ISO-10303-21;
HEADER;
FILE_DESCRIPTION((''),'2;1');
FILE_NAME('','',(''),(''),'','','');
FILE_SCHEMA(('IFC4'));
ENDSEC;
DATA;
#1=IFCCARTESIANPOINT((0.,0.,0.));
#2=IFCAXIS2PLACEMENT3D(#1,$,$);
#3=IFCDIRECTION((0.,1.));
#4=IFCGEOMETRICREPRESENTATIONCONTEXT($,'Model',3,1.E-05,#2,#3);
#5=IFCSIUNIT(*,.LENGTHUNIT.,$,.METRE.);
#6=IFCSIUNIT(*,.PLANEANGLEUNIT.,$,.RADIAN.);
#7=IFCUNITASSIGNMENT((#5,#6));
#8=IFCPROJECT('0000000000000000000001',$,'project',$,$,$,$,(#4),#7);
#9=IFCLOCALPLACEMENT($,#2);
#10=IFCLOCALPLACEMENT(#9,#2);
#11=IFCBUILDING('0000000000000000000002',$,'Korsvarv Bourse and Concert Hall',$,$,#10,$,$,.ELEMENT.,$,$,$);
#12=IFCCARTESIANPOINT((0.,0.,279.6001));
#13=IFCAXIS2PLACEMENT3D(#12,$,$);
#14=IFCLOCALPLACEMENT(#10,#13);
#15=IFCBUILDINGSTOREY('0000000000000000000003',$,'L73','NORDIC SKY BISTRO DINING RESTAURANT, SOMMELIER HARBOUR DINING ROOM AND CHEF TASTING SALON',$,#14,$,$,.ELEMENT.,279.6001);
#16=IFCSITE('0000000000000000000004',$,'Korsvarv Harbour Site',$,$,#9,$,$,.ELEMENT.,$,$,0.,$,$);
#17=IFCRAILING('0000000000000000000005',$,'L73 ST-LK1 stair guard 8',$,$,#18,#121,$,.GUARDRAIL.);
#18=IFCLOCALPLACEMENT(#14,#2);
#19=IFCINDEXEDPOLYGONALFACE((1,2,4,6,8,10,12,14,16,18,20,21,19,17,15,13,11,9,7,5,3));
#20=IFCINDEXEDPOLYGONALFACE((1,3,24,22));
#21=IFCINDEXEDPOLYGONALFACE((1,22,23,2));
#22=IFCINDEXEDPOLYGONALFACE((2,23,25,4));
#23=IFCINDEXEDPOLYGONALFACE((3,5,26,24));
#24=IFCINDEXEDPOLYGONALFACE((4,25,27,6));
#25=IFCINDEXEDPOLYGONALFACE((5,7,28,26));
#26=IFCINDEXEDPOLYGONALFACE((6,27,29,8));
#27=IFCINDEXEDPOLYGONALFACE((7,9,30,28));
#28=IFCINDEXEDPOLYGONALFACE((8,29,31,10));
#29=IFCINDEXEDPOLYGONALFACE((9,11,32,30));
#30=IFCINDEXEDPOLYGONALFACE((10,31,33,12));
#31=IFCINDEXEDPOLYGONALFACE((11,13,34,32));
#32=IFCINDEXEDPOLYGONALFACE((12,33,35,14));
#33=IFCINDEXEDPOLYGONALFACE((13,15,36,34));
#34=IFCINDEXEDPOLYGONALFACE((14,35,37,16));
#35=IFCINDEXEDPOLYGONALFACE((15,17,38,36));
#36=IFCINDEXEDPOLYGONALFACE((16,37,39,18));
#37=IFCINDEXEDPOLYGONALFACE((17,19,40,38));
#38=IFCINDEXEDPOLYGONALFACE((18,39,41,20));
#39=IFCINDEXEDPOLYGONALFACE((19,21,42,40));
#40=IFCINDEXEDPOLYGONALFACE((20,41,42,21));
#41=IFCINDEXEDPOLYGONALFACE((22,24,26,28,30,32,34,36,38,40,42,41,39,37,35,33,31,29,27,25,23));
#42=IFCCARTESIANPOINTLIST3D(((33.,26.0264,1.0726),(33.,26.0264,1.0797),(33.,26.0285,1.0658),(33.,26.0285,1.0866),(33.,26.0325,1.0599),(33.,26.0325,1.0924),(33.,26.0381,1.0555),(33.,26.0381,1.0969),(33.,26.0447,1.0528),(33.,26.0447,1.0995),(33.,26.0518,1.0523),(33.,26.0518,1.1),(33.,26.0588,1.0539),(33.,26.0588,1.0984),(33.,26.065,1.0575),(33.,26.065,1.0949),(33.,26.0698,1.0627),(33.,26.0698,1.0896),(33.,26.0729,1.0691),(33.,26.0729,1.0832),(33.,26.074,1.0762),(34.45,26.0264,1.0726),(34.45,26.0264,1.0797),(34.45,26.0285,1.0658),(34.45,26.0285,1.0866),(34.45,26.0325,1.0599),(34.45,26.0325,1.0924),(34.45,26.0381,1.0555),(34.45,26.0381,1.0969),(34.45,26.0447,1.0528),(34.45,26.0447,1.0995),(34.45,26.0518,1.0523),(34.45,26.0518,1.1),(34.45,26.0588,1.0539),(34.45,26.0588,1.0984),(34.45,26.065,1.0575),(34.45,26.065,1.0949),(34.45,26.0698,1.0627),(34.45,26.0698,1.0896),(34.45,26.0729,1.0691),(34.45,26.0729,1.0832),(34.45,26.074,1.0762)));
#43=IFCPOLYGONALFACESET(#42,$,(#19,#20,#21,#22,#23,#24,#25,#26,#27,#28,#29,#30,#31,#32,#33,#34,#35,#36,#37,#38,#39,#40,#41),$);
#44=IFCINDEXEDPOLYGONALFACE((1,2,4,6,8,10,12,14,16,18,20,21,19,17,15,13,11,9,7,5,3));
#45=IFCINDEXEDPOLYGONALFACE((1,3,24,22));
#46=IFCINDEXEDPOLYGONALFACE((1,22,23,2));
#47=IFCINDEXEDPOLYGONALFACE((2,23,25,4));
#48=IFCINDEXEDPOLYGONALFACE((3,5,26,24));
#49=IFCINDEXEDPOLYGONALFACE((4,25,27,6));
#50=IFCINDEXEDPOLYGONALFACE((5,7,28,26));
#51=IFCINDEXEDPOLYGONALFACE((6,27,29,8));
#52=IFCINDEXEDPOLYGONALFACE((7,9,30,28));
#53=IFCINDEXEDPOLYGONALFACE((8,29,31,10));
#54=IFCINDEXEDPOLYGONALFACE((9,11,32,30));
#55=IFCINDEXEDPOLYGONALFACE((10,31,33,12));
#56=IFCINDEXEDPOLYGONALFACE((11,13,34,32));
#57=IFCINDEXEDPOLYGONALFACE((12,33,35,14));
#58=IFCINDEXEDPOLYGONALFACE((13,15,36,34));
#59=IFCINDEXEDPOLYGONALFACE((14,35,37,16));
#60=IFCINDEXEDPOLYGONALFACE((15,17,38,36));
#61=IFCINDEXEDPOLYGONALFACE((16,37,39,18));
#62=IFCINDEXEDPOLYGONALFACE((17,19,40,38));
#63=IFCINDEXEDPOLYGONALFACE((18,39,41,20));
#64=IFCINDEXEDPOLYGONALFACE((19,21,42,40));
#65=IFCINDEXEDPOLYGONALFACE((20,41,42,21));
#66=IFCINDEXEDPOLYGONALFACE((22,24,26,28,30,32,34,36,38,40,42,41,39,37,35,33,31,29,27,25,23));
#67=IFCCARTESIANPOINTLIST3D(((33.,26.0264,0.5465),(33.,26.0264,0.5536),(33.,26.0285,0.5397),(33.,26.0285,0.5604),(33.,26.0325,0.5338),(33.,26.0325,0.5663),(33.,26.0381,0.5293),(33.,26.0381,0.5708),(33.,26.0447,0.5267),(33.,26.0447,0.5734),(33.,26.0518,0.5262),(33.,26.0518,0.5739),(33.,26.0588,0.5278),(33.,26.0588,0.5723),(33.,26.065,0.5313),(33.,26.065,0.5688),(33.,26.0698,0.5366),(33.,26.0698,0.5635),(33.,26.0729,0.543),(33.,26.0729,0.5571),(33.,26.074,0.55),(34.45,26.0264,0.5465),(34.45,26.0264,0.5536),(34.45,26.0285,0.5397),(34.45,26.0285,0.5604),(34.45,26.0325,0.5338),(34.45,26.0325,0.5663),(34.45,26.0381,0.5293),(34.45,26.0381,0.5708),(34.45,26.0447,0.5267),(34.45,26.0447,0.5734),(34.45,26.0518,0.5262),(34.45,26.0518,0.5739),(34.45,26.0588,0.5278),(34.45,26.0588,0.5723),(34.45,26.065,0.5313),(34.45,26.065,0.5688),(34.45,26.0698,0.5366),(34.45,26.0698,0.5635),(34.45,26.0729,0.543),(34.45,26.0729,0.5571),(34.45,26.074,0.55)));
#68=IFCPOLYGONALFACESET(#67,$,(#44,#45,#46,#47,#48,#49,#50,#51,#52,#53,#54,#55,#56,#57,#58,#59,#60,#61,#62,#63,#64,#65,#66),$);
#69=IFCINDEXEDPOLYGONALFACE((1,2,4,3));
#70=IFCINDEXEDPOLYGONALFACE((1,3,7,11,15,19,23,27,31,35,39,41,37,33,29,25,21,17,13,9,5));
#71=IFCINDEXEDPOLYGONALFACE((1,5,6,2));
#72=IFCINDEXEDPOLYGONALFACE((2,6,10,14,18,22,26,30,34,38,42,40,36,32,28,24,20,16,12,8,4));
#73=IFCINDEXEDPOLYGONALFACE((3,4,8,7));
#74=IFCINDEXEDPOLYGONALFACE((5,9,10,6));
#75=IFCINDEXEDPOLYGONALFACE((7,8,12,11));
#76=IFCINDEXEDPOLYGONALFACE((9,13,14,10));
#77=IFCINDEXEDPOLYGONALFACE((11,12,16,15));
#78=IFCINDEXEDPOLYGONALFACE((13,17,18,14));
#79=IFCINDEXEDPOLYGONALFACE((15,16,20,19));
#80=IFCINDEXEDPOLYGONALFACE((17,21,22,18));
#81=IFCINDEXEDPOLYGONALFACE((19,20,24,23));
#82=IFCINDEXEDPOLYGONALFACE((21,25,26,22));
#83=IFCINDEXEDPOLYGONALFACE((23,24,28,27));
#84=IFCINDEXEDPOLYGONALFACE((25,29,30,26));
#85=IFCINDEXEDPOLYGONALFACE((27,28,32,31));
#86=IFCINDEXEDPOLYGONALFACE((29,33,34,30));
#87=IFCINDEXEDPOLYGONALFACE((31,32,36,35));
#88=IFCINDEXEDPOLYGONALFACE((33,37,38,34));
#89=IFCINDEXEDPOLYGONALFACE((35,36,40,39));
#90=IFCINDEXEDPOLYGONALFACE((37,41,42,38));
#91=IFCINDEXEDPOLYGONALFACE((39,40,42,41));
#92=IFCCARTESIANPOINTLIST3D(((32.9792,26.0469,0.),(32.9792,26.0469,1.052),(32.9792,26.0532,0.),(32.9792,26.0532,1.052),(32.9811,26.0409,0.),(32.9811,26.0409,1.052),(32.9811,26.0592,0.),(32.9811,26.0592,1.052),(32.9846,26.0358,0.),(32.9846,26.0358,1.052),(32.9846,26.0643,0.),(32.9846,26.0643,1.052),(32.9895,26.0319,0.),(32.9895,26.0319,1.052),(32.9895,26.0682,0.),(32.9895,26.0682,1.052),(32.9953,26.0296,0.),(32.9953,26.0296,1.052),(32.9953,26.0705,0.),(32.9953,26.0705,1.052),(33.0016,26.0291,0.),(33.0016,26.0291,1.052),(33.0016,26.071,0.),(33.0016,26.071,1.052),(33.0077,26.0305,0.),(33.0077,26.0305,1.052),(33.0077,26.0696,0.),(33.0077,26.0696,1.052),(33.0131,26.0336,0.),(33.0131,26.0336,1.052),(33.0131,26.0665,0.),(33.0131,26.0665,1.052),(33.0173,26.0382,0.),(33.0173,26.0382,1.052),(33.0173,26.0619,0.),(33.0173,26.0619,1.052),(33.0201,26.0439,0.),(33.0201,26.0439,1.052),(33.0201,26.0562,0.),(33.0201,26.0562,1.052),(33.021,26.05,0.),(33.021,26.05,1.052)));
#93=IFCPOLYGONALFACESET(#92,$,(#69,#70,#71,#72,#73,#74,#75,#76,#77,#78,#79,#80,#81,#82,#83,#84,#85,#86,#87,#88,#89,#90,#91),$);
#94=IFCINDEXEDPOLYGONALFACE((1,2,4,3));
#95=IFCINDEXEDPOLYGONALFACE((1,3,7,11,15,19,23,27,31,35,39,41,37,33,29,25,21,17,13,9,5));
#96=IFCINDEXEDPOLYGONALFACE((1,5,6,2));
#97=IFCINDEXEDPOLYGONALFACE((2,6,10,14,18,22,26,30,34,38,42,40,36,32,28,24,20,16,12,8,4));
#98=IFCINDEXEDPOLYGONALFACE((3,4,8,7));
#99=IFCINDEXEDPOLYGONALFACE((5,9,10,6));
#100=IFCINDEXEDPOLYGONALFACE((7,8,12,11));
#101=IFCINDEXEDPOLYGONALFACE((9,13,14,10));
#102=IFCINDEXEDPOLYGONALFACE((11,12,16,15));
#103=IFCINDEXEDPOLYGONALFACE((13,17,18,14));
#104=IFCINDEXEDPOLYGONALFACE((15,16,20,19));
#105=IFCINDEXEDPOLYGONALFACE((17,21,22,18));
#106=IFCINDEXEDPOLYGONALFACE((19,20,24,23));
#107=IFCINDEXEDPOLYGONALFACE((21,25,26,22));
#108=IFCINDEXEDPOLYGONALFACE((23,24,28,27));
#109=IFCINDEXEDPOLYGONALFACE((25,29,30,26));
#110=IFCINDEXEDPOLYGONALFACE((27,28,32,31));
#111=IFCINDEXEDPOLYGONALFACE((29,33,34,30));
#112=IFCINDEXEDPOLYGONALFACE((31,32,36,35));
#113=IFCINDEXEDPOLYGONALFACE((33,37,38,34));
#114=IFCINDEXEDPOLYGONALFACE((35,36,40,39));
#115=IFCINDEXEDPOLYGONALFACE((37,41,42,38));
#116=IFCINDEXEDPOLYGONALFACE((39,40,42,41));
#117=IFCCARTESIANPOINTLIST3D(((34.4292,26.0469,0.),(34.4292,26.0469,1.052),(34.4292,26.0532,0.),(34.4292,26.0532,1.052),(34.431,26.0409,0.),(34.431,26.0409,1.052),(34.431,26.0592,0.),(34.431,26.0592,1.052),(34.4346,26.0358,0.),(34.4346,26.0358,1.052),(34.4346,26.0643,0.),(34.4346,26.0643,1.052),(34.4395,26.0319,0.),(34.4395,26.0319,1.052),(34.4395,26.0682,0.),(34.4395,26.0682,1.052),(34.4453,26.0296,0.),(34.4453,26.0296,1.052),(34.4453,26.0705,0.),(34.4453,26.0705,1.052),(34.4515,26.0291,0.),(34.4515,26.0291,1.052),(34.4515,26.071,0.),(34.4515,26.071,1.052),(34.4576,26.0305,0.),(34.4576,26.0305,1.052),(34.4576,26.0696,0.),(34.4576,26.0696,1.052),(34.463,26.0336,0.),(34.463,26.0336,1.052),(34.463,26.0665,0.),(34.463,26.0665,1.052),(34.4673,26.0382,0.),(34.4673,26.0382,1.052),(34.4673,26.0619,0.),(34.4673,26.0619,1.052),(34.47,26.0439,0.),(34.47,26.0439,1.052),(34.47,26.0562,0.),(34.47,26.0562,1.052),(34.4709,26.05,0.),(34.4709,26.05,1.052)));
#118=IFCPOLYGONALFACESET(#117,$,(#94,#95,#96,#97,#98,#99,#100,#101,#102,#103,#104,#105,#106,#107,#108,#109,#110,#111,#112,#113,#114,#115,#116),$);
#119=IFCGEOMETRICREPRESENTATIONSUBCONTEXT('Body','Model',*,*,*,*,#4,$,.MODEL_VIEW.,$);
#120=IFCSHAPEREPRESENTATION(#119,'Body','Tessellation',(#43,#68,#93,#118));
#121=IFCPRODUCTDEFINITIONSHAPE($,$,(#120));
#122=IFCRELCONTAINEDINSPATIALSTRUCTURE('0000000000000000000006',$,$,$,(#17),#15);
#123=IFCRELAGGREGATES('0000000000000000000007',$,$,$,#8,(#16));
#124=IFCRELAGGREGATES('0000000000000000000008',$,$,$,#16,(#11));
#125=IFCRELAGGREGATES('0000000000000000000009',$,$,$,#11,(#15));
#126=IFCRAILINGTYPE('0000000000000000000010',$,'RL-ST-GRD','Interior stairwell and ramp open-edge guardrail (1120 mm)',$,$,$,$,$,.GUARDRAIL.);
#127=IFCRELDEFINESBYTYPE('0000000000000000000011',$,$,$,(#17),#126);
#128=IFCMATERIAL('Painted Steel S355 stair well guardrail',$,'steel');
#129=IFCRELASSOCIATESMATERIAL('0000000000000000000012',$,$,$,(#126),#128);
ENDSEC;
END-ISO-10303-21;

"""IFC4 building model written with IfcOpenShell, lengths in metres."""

from ifc_helpers import new_model, si_unit, direction, frame, origin, origin_2d, place, context, subcontext, project, spatial, circle, extrude, material, type_object, element, save


model = new_model("IFC4")

# Units and contexts
model_context = context("Model", 3, precision=1e-05, world=origin(), true_north=direction((0.0, 1.0)))
body_context = subcontext(model_context, "Body", "Model", "MODEL_VIEW")
ifc_project = project(units=[si_unit("LENGTHUNIT", "METRE"), si_unit("PLANEANGLEUNIT", "RADIAN")], contexts=[model_context])

# Site, building, storey
site_placement = place(None, origin())
site = spatial("IfcSite", under=ifc_project, at=site_placement, Name="Korsvarv Harbour Site", CompositionType="ELEMENT", RefElevation=0.0)
building_placement = place(site_placement, origin())
building = spatial("IfcBuilding", under=site, at=building_placement, Name="Korsvarv Bourse and Concert Hall", CompositionType="ELEMENT")
storey_placement = place(building_placement, frame((0.0, 0.0, 279.6001)))
storey = spatial("IfcBuildingStorey", under=building, at=storey_placement, Name="L73", Description="NORDIC SKY BISTRO DINING RESTAURANT, SOMMELIER HARBOUR DINING ROOM AND CHEF TASTING SALON", CompositionType="ELEMENT", Elevation=279.6001)

# Railing
ifc_material_1 = material(Name="Painted Steel S355 stair well guardrail", Category="steel")
railing_type_1 = type_object("IfcRailingType", Name="RL-ST-GRD", Description="Interior stairwell and ramp open-edge guardrail (1120 mm)", PredefinedType="GUARDRAIL", material=ifc_material_1)
for number, where, name in (
    (1, (33.0, 26.05, 0.0), "L73 ST-LK1 stair guard 8"),
):
    element("IfcRailing", number, at=place(storey_placement, frame(where)), inside=storey, type_object=railing_type_1, Name=name, PredefinedType="GUARDRAIL", context=body_context, shape_type="SweptSolid", body=[
        extrude(circle(Radius=0.0239, at=origin_2d()), frame((0.0, 0.0, 1.0762), z_axis=(1.0, 0.0, 0.0), x_axis=(0.0, 1.0, 0.0)), (0.0, 0.0, 1.0), 1.45),
        extrude(circle(Radius=0.0239, at=origin_2d()), frame((0.0, 0.0, 0.55), z_axis=(1.0, 0.0, 0.0), x_axis=(0.0, 1.0, 0.0)), (0.0, 0.0, 1.0), 1.45),
        extrude(circle(Radius=0.021, at=origin_2d()), origin(), (0.0, 0.0, 1.0), 1.052),
        extrude(circle(Radius=0.021, at=origin_2d()), frame((1.45, 0.0, 0.0)), (0.0, 0.0, 1.0), 1.052),
    ])

save(model, "model.ifc")
